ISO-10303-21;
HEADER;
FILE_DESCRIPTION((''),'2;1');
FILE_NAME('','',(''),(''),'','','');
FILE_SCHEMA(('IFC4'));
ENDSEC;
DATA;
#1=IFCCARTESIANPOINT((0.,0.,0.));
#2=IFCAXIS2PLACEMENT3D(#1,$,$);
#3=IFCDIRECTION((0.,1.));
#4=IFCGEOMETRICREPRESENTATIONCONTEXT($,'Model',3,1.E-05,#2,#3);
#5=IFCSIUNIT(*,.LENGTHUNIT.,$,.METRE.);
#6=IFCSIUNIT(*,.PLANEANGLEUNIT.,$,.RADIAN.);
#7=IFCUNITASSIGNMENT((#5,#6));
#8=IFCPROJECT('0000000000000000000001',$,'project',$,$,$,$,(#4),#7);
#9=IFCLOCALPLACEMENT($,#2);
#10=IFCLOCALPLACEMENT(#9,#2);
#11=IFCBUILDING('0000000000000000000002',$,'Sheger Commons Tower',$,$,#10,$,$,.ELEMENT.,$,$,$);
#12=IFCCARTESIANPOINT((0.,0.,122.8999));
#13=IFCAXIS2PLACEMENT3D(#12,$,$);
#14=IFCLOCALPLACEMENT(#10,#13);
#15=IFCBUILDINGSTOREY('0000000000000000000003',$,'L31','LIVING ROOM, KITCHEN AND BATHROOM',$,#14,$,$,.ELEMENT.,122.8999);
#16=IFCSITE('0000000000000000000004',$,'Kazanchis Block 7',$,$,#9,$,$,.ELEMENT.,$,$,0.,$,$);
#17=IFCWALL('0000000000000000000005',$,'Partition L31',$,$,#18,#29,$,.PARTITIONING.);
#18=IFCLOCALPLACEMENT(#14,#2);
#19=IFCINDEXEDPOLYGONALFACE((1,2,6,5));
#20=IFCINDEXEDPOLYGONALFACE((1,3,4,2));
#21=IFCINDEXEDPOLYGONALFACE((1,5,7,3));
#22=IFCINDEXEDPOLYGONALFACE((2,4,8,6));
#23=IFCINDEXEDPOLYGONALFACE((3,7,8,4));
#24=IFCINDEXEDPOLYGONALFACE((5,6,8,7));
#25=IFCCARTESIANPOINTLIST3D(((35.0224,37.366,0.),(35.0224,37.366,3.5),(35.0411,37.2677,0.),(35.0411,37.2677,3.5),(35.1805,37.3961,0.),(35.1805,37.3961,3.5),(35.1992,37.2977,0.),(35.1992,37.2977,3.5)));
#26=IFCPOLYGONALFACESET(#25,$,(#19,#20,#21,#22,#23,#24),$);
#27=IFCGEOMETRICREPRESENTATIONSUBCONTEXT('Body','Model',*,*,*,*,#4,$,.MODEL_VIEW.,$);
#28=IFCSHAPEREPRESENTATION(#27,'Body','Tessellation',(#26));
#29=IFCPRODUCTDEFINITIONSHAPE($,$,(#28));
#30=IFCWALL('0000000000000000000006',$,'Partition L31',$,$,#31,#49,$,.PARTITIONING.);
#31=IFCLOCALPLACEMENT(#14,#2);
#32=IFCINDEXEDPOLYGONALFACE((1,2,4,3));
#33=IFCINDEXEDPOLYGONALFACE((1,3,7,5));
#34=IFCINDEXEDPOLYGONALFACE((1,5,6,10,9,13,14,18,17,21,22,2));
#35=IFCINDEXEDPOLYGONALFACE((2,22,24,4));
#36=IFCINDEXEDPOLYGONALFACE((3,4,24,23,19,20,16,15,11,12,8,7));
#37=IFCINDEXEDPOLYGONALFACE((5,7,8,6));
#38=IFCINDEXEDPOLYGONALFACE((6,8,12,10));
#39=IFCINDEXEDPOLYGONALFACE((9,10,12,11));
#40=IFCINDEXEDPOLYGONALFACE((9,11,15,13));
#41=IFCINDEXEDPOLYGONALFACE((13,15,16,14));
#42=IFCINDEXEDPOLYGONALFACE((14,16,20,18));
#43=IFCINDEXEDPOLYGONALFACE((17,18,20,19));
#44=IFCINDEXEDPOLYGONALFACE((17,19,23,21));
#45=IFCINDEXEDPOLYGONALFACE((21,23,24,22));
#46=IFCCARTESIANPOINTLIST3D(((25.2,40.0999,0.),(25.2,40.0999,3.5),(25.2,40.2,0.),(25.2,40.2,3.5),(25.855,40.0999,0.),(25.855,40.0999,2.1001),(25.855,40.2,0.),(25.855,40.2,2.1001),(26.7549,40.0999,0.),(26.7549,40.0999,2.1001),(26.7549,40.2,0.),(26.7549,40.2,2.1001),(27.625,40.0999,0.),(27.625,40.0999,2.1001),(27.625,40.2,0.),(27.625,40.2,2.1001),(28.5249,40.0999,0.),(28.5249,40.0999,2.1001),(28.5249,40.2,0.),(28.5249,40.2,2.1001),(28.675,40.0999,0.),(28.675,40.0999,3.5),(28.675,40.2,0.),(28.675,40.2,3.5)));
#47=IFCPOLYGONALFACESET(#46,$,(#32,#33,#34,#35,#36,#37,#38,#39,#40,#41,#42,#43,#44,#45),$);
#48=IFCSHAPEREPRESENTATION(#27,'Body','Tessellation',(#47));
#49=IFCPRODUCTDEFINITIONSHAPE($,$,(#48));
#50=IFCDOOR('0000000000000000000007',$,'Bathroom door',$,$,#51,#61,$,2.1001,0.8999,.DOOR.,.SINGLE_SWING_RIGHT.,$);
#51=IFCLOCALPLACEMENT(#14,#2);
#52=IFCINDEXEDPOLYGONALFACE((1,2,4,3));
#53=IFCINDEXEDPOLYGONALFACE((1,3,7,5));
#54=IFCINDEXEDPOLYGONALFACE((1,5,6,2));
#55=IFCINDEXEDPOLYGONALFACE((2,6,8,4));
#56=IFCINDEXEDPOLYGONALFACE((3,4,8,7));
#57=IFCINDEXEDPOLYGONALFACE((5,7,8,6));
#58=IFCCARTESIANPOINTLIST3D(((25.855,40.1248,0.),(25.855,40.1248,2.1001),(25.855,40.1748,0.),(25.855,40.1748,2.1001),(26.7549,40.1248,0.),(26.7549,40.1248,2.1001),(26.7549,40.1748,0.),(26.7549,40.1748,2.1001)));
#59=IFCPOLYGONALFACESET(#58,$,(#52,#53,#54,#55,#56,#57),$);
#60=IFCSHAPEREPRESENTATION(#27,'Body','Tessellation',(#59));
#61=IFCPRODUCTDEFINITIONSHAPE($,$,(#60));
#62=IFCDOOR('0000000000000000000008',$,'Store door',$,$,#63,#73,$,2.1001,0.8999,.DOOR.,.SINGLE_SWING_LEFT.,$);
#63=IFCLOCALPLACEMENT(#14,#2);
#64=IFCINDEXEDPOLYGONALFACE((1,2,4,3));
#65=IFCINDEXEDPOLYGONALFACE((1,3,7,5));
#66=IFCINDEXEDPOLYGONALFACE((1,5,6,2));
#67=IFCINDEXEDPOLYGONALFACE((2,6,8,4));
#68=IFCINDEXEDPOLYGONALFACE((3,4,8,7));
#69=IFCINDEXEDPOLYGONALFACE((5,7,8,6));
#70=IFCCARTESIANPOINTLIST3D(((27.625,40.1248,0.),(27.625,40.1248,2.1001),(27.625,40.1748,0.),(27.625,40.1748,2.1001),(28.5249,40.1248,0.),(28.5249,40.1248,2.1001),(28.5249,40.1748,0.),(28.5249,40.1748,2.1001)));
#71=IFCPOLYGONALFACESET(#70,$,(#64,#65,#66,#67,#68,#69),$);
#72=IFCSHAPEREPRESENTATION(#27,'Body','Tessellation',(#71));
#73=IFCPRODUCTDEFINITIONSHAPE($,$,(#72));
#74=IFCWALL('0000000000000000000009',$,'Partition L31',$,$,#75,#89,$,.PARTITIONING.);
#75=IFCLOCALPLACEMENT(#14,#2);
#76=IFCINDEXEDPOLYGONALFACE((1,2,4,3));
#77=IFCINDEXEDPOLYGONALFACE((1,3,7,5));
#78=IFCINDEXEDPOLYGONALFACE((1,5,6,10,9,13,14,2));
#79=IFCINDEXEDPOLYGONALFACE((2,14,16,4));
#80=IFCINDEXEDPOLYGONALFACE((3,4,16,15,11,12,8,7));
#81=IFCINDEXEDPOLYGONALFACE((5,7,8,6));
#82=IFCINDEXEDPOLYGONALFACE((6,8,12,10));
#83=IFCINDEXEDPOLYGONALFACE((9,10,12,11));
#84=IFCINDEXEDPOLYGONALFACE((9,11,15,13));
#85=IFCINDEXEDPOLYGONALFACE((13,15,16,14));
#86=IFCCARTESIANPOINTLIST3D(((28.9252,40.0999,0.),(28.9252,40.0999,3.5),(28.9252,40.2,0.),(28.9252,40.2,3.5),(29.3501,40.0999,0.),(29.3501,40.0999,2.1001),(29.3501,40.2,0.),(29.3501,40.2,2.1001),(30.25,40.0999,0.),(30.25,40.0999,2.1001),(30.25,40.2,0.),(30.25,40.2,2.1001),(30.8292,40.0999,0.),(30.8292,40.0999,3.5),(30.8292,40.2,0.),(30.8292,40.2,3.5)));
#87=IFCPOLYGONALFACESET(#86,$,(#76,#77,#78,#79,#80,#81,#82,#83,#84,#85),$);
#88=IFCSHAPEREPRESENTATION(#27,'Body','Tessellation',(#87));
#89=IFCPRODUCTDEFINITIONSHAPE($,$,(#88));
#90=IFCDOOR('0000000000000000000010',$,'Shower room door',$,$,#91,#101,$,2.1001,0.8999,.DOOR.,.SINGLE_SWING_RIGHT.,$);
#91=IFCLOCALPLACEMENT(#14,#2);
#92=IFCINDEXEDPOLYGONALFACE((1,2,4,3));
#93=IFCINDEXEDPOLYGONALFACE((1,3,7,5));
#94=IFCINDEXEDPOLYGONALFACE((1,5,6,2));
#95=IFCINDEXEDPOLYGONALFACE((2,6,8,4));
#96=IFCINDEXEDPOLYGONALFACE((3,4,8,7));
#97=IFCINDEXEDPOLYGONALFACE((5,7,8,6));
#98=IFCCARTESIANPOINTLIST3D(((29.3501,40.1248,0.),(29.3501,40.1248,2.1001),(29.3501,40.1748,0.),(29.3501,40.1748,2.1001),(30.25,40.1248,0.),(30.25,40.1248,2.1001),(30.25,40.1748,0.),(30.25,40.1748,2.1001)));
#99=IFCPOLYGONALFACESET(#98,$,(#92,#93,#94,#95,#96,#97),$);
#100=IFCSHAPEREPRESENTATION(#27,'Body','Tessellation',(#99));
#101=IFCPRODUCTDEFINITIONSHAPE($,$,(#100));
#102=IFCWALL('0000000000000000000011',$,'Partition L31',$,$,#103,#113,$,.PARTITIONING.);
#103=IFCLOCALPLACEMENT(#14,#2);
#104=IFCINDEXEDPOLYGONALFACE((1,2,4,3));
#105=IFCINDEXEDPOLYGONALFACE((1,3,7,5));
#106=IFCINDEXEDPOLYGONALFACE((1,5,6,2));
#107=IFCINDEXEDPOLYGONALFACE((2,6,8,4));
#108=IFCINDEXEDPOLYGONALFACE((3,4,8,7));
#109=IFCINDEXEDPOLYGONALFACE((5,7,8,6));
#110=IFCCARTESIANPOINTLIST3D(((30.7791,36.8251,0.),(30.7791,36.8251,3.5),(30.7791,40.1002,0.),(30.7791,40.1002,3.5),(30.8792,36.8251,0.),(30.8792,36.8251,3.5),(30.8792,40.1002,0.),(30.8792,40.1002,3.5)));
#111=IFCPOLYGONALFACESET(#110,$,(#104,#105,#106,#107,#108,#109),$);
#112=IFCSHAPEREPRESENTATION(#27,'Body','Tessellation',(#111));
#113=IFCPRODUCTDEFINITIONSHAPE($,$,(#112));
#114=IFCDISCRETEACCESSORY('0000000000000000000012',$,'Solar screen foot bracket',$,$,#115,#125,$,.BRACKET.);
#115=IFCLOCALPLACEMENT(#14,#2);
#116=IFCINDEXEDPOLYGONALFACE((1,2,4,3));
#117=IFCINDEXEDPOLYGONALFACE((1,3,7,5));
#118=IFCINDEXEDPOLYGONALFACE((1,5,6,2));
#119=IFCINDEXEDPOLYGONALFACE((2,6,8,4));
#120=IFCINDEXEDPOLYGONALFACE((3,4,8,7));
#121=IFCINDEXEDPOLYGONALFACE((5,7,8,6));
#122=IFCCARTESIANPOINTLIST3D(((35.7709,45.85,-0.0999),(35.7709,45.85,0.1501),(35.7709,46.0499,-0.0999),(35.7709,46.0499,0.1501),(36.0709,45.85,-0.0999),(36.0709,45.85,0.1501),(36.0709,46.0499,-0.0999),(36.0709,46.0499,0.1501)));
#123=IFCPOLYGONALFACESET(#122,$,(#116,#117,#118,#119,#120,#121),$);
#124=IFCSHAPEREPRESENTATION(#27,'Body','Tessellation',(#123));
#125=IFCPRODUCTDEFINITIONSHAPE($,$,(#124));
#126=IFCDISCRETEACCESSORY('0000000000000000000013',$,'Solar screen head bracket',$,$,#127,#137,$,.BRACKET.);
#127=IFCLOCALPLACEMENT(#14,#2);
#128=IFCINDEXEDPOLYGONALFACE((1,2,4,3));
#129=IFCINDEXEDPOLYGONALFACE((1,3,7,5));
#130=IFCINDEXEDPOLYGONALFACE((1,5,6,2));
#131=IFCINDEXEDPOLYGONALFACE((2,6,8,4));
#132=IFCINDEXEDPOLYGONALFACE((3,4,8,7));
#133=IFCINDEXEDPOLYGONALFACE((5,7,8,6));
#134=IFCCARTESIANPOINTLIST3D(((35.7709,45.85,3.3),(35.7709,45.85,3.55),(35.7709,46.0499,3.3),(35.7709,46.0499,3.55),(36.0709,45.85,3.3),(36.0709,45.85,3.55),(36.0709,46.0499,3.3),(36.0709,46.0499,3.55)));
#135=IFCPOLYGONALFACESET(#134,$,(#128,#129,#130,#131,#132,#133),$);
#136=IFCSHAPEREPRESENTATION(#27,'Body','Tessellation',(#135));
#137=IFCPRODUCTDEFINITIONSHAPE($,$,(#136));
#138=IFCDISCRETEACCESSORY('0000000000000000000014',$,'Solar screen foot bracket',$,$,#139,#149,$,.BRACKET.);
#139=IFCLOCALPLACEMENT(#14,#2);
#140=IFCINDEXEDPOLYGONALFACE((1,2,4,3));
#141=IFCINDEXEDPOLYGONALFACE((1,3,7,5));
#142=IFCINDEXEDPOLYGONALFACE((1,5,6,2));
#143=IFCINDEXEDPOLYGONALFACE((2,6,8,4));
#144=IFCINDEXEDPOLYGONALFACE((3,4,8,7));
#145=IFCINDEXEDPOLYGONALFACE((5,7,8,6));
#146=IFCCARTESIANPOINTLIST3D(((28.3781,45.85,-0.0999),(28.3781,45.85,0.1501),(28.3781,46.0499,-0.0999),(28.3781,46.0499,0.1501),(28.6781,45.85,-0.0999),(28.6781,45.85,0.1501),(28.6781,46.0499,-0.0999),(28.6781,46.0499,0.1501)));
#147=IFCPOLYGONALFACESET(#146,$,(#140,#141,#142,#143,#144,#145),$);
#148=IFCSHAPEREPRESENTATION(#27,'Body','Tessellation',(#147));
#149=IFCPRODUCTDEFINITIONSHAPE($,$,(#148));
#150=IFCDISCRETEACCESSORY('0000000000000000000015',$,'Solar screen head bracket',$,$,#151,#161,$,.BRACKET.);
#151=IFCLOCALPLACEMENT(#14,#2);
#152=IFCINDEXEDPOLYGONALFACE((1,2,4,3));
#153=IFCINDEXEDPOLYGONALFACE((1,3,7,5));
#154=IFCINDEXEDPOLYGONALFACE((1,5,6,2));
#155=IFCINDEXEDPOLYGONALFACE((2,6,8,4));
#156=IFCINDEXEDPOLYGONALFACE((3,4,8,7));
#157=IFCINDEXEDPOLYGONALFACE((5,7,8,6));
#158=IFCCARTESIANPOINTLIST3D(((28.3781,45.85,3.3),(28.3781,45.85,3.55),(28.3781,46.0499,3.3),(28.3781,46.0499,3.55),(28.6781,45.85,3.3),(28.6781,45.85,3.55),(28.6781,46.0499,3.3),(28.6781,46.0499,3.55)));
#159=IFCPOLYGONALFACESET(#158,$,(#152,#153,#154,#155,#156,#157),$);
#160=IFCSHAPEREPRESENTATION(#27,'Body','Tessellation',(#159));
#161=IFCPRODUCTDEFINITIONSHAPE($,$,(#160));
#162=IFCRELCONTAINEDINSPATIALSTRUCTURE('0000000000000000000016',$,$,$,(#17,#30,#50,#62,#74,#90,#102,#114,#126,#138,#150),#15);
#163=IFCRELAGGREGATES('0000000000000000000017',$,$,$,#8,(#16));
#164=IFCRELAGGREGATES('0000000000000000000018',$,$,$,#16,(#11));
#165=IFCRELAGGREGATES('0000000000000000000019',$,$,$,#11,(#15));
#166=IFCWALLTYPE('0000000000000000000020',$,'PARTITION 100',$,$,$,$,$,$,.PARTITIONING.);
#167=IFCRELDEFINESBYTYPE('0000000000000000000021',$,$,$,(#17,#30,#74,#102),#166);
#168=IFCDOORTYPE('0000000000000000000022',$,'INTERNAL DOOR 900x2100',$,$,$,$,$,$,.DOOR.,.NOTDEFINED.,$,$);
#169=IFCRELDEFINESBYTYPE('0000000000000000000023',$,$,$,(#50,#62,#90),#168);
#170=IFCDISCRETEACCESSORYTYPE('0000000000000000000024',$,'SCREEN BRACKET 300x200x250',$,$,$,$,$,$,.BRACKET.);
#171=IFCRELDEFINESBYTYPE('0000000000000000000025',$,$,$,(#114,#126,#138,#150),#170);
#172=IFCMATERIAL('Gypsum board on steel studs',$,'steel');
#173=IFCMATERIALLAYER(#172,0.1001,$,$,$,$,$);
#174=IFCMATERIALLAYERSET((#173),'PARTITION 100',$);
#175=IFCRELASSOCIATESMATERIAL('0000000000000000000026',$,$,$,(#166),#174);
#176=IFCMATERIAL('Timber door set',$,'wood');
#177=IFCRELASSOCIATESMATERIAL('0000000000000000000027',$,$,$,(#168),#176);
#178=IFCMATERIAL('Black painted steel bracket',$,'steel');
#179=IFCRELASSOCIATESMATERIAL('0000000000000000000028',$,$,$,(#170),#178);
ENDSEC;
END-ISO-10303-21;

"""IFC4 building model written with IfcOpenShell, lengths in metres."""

from ifc_helpers import new_model, si_unit, direction, frame, frame_2d, origin, origin_2d, place, context, subcontext, project, spatial, rectangle, extrude, material, layer, layer_set, type_object, element, fill, save


model = new_model("IFC4")

# Units and contexts
model_context = context("Model", 3, precision=1e-05, world=origin(), true_north=direction((0.0, 1.0)))
body_context = subcontext(model_context, "Body", "Model", "MODEL_VIEW")
ifc_project = project(units=[si_unit("LENGTHUNIT", "METRE"), si_unit("PLANEANGLEUNIT", "RADIAN")], contexts=[model_context])

# Site, building, storey
site_placement = place(None, origin())
site = spatial("IfcSite", under=ifc_project, at=site_placement, Name="Kazanchis Block 7", CompositionType="ELEMENT", RefElevation=0.0)
building_placement = place(site_placement, origin())
building = spatial("IfcBuilding", under=site, at=building_placement, Name="Sheger Commons Tower", CompositionType="ELEMENT")
storey_placement = place(building_placement, frame((0.0, 0.0, 122.8999)))
storey = spatial("IfcBuildingStorey", under=building, at=storey_placement, Name="L31", Description="LIVING ROOM, KITCHEN AND BATHROOM", CompositionType="ELEMENT", Elevation=122.8999)

# Wall
ifc_material_1 = material(Name="Gypsum board on steel studs", Category="steel")
ifc_layer_1 = layer(ifc_material_1, 0.1001)
ifc_layer_set_1 = layer_set([ifc_layer_1], Name="PARTITION 100")
wall_type_1 = type_object("IfcWallType", Name="PARTITION 100", PredefinedType="PARTITIONING", material=ifc_layer_set_1)
wall_1_placement = place(storey_placement, frame((35.1899, 37.3469, 0.0), z_axis=(0.0, 0.0, 1.0), x_axis=(-0.982405, -0.186763, 0.0)))
element("IfcWall", 1, at=wall_1_placement, inside=storey, type_object=wall_type_1, Name="Partition L31", PredefinedType="PARTITIONING", context=body_context, shape_type="SweptSolid", body=[
    extrude(rectangle(XDim=0.1609, YDim=0.1001, at=frame_2d((0.0806, 0.0))), origin(), (0.0, 0.0, 1.0), 3.5),
])

# Wall, openings, doors
wall_2_placement = place(storey_placement, frame((25.2, 40.1499, 0.0), z_axis=(0.0, 0.0, 1.0), x_axis=(1.0, 0.0, 0.0)))
wall_2 = element("IfcWall", 2, at=wall_2_placement, inside=storey, type_object=wall_type_1, Name="Partition L31", PredefinedType="PARTITIONING", context=body_context, shape_type="SweptSolid", body=[
    extrude(rectangle(XDim=3.4751, YDim=0.1001, at=frame_2d((1.7375, 0.0))), origin(), (0.0, 0.0, 1.0), 3.5),
])
opening_1_placement = place(wall_2_placement, frame((0.655, 0.0, 0.0)))
opening_1 = element("IfcOpeningElement", 3, at=opening_1_placement, cuts=wall_2, PredefinedType="OPENING", context=body_context, shape_type="SweptSolid", body=[
    extrude(rectangle(XDim=0.8999, YDim=2.1001, at=frame_2d((0.45, 1.05))), frame((0.0, 0.0601, 0.0), z_axis=(0.0, -1.0, 0.0), x_axis=(1.0, 0.0, 0.0)), (0.0, 0.0, 1.0), 0.1201),
])
opening_2_placement = place(wall_2_placement, frame((2.425, 0.0, 0.0)))
opening_2 = element("IfcOpeningElement", 4, at=opening_2_placement, cuts=wall_2, PredefinedType="OPENING", context=body_context, shape_type="SweptSolid", body=[
    extrude(rectangle(XDim=0.8999, YDim=2.1001, at=frame_2d((0.45, 1.05))), frame((0.0, 0.0601, 0.0), z_axis=(0.0, -1.0, 0.0), x_axis=(1.0, 0.0, 0.0)), (0.0, 0.0, 1.0), 0.1201),
])
ifc_material_2 = material(Name="Timber door set", Category="wood")
door_type_1 = type_object("IfcDoorType", Name="INTERNAL DOOR 900x2100", OperationType="NOTDEFINED", PredefinedType="DOOR", material=ifc_material_2)
door_1_placement = place(opening_1_placement, origin())
door_1 = element("IfcDoor", 5, at=door_1_placement, inside=storey, type_object=door_type_1, Name="Bathroom door", OperationType="SINGLE_SWING_RIGHT", OverallHeight=2.1001, OverallWidth=0.8999, PredefinedType="DOOR", context=body_context, shape_type="SweptSolid", body=[
    extrude(rectangle(XDim=0.8999, YDim=2.1001, at=frame_2d((0.45, 1.05))), frame((0.0, 0.0249, 0.0), z_axis=(0.0, -1.0, 0.0), x_axis=(1.0, 0.0, 0.0)), (0.0, 0.0, 1.0), 0.05),
])
fill(opening_1, door_1)
door_2_placement = place(opening_2_placement, origin())
door_2 = element("IfcDoor", 6, at=door_2_placement, inside=storey, type_object=door_type_1, Name="Store door", OperationType="SINGLE_SWING_LEFT", OverallHeight=2.1001, OverallWidth=0.8999, PredefinedType="DOOR", context=body_context, shape_type="SweptSolid", body=[
    extrude(rectangle(XDim=0.8999, YDim=2.1001, at=frame_2d((0.45, 1.05))), frame((0.0, 0.0249, 0.0), z_axis=(0.0, -1.0, 0.0), x_axis=(1.0, 0.0, 0.0)), (0.0, 0.0, 1.0), 0.05),
])
fill(opening_2, door_2)

# Wall, opening, door
wall_3_placement = place(storey_placement, frame((28.925, 40.1499, 0.0), z_axis=(0.0, 0.0, 1.0), x_axis=(1.0, 0.0, 0.0)))
wall_3 = element("IfcWall", 7, at=wall_3_placement, inside=storey, type_object=wall_type_1, Name="Partition L31", PredefinedType="PARTITIONING", context=body_context, shape_type="SweptSolid", body=[
    extrude(rectangle(XDim=1.9041, YDim=0.1001, at=frame_2d((0.9521, 0.0))), origin(), (0.0, 0.0, 1.0), 3.5),
])
opening_3_placement = place(wall_3_placement, frame((0.425, 0.0, 0.0)))
opening_3 = element("IfcOpeningElement", 8, at=opening_3_placement, cuts=wall_3, PredefinedType="OPENING", context=body_context, shape_type="SweptSolid", body=[
    extrude(rectangle(XDim=0.8999, YDim=2.1001, at=frame_2d((0.45, 1.05))), frame((0.0, 0.0601, 0.0), z_axis=(0.0, -1.0, 0.0), x_axis=(1.0, 0.0, 0.0)), (0.0, 0.0, 1.0), 0.1201),
])
door_3_placement = place(opening_3_placement, origin())
door_3 = element("IfcDoor", 9, at=door_3_placement, inside=storey, type_object=door_type_1, Name="Shower room door", OperationType="SINGLE_SWING_RIGHT", OverallHeight=2.1001, OverallWidth=0.8999, PredefinedType="DOOR", context=body_context, shape_type="SweptSolid", body=[
    extrude(rectangle(XDim=0.8999, YDim=2.1001, at=frame_2d((0.45, 1.05))), frame((0.0, 0.0249, 0.0), z_axis=(0.0, -1.0, 0.0), x_axis=(1.0, 0.0, 0.0)), (0.0, 0.0, 1.0), 0.05),
])
fill(opening_3, door_3)

# Wall
wall_4_placement = place(storey_placement, frame((30.8291, 36.825, 0.0), z_axis=(0.0, 0.0, 1.0), x_axis=(0.0, 1.0, 0.0)))
element("IfcWall", 10, at=wall_4_placement, inside=storey, type_object=wall_type_1, Name="Partition L31", PredefinedType="PARTITIONING", context=body_context, shape_type="SweptSolid", body=[
    extrude(rectangle(XDim=3.2751, YDim=0.1001, at=frame_2d((1.6377, 0.0))), origin(), (0.0, 0.0, 1.0), 3.5),
])

# Discrete accessories
ifc_material_3 = material(Name="Black painted steel bracket", Category="steel")
discrete_accessory_type = type_object("IfcDiscreteAccessoryType", Name="SCREEN BRACKET 300x200x250", PredefinedType="BRACKET", material=ifc_material_3)
for number, where, z_axis, x_axis, name in (
    (11, (35.9209, 45.95, -0.0999), (0.0, 0.0, 1.0), (-1.0, 0.0, 0.0), "Solar screen foot bracket"),
    (12, (35.9209, 45.95, 3.3), (0.0, 0.0, 1.0), (-1.0, 0.0, 0.0), "Solar screen head bracket"),
    (13, (28.5281, 45.95, -0.0999), (0.0, 0.0, 1.0), (-1.0, 0.0, 0.0), "Solar screen foot bracket"),
    (14, (28.5281, 45.95, 3.3), (0.0, 0.0, 1.0), (-1.0, 0.0, 0.0), "Solar screen head bracket"),
):
    element("IfcDiscreteAccessory", number, at=place(storey_placement, frame(where, z_axis=z_axis, x_axis=x_axis)), inside=storey, type_object=discrete_accessory_type, Name=name, PredefinedType="BRACKET", context=body_context, shape_type="SweptSolid", body=[
        extrude(rectangle(XDim=0.3, YDim=0.2, at=origin_2d()), origin(), (0.0, 0.0, 1.0), 0.25),
    ])

save(model, "model.ifc")
